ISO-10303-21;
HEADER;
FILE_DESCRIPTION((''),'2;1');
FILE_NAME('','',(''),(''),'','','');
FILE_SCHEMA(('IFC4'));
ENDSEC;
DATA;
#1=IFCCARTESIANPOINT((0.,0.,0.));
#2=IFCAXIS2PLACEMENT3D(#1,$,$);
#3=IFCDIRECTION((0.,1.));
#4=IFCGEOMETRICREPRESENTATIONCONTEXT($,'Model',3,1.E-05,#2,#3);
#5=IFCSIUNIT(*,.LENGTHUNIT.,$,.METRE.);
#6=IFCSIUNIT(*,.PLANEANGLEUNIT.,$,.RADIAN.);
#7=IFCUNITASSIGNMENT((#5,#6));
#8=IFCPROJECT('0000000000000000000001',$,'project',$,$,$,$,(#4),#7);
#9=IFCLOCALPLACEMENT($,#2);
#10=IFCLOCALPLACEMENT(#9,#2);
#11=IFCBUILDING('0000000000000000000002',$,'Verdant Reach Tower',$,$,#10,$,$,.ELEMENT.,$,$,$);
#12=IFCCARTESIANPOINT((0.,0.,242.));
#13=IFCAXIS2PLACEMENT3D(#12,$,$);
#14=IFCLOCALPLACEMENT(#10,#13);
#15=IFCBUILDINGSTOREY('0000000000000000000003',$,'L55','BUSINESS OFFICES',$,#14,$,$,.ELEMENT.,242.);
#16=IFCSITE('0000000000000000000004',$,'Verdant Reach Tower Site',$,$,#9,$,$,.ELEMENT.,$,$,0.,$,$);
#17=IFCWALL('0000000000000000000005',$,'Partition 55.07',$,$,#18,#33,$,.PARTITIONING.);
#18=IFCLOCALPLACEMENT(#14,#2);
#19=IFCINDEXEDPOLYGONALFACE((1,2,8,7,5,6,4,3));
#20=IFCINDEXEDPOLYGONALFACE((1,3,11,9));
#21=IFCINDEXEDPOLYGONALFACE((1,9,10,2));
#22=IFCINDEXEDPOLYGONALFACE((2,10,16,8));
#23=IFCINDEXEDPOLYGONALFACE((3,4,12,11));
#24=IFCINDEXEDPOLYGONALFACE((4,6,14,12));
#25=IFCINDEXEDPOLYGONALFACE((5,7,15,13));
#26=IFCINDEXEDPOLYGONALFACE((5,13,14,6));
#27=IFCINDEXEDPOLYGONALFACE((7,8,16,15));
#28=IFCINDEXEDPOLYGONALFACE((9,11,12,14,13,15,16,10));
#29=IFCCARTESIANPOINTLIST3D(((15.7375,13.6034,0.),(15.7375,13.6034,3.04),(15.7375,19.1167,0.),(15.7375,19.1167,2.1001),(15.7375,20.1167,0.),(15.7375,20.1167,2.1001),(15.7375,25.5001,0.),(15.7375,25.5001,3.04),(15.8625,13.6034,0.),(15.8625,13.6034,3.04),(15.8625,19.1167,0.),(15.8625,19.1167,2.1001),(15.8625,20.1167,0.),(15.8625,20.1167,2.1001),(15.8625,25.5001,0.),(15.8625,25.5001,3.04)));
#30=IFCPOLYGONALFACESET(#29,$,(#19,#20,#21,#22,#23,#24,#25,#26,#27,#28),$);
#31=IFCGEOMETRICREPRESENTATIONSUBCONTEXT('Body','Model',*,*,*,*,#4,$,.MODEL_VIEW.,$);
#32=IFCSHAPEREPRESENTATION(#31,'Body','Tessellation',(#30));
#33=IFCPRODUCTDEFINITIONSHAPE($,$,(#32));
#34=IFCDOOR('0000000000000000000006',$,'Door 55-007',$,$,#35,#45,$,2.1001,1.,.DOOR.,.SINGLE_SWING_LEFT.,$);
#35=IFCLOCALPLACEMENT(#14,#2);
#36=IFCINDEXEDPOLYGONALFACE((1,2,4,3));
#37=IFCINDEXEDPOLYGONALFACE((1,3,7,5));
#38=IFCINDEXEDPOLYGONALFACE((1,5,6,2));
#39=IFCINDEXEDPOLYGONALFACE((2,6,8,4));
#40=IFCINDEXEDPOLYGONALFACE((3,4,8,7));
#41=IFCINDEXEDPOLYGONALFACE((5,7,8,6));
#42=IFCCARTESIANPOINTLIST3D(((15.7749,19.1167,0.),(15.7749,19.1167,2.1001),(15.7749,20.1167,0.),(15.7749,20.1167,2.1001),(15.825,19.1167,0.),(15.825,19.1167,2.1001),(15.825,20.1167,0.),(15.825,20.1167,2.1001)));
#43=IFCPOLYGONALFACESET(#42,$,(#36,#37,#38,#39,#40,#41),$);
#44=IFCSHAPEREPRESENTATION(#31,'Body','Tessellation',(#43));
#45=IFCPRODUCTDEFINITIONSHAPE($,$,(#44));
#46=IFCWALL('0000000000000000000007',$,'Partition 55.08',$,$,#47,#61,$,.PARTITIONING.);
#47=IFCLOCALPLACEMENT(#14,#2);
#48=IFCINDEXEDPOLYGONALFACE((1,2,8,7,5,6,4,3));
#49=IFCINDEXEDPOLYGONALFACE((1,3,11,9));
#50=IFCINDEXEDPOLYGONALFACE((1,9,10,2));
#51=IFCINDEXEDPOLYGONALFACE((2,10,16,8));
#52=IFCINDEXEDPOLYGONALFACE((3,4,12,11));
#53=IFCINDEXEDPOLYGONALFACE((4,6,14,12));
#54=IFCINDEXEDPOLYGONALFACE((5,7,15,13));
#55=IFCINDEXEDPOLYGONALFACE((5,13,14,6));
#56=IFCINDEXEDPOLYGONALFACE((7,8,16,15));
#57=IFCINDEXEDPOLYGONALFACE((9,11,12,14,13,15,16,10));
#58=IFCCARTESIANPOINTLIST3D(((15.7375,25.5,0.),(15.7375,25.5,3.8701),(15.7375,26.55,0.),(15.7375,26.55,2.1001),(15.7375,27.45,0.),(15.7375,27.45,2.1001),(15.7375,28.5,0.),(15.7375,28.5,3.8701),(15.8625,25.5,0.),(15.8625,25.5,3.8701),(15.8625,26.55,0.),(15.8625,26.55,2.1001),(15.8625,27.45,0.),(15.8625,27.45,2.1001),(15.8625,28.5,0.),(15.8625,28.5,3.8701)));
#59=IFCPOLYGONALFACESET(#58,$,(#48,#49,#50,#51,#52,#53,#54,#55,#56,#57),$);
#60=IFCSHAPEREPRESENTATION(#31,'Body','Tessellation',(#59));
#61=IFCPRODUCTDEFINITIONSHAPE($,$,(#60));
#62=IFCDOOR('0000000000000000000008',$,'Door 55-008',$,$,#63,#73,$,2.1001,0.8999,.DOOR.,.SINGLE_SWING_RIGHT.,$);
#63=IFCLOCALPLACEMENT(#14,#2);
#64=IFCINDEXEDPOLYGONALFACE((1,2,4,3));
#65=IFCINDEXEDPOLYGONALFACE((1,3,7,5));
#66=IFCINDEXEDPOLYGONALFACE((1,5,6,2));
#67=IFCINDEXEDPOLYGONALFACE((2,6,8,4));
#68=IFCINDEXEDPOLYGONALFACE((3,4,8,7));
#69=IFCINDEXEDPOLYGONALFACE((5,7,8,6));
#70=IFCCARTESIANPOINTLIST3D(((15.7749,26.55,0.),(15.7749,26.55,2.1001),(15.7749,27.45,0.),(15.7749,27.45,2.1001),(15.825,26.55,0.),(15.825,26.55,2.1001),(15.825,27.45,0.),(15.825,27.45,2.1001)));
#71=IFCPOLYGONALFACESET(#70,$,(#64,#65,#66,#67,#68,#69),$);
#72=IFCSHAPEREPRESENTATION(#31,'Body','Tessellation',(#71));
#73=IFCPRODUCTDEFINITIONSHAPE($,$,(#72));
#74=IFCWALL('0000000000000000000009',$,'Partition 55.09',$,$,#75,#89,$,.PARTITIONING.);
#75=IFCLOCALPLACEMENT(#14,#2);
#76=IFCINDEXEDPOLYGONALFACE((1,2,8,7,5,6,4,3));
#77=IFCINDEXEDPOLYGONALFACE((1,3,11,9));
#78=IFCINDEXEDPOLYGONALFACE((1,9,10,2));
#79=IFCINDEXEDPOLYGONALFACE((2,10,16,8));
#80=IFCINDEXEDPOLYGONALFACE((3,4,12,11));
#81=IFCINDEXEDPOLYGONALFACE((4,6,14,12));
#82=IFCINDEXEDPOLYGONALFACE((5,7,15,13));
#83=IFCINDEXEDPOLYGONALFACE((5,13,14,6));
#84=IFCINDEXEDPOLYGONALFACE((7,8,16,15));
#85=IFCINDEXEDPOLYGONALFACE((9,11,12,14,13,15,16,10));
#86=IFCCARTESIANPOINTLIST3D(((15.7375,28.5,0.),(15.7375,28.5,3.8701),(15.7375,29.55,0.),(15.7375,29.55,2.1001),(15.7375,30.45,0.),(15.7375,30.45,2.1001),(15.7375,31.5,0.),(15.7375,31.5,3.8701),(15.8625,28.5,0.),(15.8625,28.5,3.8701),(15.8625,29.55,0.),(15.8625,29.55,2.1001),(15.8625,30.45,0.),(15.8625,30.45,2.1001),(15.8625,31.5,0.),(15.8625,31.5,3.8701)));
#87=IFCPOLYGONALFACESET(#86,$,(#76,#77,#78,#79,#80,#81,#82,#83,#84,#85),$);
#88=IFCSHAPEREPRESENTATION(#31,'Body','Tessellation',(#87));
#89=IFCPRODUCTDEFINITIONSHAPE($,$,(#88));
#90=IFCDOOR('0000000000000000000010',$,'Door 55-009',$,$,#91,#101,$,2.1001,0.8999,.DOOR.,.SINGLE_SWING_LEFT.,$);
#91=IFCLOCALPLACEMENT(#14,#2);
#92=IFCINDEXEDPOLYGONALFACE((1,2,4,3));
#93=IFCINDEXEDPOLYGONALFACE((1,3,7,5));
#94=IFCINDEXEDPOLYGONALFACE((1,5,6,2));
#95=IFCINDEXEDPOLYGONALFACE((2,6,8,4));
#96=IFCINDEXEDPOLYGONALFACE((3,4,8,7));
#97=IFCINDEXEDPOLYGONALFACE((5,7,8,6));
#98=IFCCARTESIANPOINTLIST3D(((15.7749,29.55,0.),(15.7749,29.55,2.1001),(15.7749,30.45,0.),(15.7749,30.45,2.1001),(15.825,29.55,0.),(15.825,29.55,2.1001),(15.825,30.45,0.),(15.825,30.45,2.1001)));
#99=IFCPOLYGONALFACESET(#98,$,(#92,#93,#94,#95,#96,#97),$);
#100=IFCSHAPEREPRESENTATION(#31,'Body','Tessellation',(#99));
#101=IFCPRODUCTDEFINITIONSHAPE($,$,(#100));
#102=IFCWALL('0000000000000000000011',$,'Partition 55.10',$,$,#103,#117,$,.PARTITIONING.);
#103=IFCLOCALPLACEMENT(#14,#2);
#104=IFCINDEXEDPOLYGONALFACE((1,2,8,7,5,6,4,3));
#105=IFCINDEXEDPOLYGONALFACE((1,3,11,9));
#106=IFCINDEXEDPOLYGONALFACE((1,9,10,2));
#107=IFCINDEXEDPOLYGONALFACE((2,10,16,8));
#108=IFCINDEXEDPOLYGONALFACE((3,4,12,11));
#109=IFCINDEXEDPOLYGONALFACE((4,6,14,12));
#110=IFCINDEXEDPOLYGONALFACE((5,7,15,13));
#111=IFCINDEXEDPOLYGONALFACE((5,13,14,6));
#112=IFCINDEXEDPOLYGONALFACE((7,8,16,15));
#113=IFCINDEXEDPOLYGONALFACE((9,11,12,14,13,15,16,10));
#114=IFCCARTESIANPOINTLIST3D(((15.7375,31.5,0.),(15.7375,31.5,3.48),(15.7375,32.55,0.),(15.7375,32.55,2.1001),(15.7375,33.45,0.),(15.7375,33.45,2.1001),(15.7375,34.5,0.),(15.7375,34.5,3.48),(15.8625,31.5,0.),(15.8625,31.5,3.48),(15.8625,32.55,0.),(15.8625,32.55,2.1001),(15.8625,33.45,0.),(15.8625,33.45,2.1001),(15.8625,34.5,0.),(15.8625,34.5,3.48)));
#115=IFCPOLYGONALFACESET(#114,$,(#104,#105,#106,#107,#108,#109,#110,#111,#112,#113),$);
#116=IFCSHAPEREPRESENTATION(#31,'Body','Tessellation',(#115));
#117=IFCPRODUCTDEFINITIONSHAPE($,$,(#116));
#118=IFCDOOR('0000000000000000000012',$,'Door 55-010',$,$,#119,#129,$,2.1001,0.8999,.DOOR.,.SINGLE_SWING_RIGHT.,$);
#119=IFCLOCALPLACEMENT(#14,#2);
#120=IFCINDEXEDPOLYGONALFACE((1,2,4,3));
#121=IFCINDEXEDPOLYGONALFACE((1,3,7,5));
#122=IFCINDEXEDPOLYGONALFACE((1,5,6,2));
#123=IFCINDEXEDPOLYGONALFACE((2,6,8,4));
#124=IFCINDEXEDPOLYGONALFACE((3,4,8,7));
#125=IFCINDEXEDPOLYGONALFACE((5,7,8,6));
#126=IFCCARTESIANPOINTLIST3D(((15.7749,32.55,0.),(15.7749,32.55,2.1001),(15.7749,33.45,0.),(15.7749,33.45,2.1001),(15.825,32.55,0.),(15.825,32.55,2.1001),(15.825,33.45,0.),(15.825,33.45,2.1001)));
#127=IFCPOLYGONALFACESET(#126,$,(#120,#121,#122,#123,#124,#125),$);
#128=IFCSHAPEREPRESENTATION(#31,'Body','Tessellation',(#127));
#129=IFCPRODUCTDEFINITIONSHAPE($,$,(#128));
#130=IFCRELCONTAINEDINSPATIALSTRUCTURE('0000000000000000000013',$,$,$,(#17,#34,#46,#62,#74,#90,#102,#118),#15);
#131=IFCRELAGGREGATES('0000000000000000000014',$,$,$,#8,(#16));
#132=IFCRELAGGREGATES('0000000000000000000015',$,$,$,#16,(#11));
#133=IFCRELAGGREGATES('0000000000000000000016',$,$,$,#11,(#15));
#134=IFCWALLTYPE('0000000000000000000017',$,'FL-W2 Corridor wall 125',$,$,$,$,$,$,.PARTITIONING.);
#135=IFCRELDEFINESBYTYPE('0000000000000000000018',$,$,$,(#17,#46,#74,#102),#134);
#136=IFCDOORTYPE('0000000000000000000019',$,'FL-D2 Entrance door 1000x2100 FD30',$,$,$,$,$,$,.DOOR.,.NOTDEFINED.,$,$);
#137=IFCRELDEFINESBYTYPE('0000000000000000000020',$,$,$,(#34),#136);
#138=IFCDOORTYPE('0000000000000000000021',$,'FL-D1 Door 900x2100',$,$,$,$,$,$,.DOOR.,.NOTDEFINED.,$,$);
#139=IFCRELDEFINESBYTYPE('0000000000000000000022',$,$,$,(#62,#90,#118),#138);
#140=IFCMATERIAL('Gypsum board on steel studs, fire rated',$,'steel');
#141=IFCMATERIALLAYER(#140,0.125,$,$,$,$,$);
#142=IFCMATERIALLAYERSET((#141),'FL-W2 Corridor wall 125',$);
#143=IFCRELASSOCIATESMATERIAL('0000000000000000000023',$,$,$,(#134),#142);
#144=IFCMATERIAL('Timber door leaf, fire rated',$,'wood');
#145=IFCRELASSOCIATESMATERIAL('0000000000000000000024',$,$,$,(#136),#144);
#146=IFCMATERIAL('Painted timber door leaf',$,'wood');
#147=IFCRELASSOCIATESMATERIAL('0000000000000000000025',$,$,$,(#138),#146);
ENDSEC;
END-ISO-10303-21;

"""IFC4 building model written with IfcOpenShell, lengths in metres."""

from ifc_helpers import new_model, si_unit, direction, frame, frame_2d, origin, place, context, subcontext, project, spatial, rectangle, extrude, material, layer, layer_set, type_object, element, fill, save


model = new_model("IFC4")

# Units and contexts
model_context = context("Model", 3, precision=1e-05, world=origin(), true_north=direction((0.0, 1.0)))
body_context = subcontext(model_context, "Body", "Model", "MODEL_VIEW")
ifc_project = project(units=[si_unit("LENGTHUNIT", "METRE"), si_unit("PLANEANGLEUNIT", "RADIAN")], contexts=[model_context])

# Site, building, storey
site_placement = place(None, origin())
site = spatial("IfcSite", under=ifc_project, at=site_placement, Name="Verdant Reach Tower Site", CompositionType="ELEMENT", RefElevation=0.0)
building_placement = place(site_placement, origin())
building = spatial("IfcBuilding", under=site, at=building_placement, Name="Verdant Reach Tower", CompositionType="ELEMENT")
storey_placement = place(building_placement, frame((0.0, 0.0, 242.0)))
storey = spatial("IfcBuildingStorey", under=building, at=storey_placement, Name="L55", Description="BUSINESS OFFICES", CompositionType="ELEMENT", Elevation=242.0)

# Walls, openings, doors
ifc_material_1 = material(Name="Gypsum board on steel studs, fire rated", Category="steel")
ifc_layer_1 = layer(ifc_material_1, 0.125)
ifc_layer_set_1 = layer_set([ifc_layer_1], Name="FL-W2 Corridor wall 125")
wall_type_1 = type_object("IfcWallType", Name="FL-W2 Corridor wall 125", PredefinedType="PARTITIONING", material=ifc_layer_set_1)
wall_1_placement = place(storey_placement, frame((15.8, 25.5, 0.0), z_axis=(0.0, 0.0, 1.0), x_axis=(0.0, -1.0, 0.0)))
wall_1 = element("IfcWall", 1, at=wall_1_placement, inside=storey, type_object=wall_type_1, Name="Partition 55.07", PredefinedType="PARTITIONING", context=body_context, shape_type="SweptSolid", body=[
    extrude(rectangle(XDim=11.8967, YDim=0.125, at=frame_2d((5.9482, 0.0))), origin(), (0.0, 0.0, 1.0), 3.04),
])
opening_1_placement = place(wall_1_placement, frame((5.3833, 0.0, 0.0)))
opening_1 = element("IfcOpeningElement", 2, at=opening_1_placement, cuts=wall_1, PredefinedType="OPENING", context=body_context, shape_type="SweptSolid", body=[
    extrude(rectangle(XDim=1.0, YDim=2.1001, at=frame_2d((0.5, 1.05))), frame((0.0, 0.0725, 0.0), z_axis=(0.0, -1.0, 0.0), x_axis=(1.0, 0.0, 0.0)), (0.0, 0.0, 1.0), 0.145),
])
ifc_material_2 = material(Name="Timber door leaf, fire rated", Category="wood")
door_type_1 = type_object("IfcDoorType", Name="FL-D2 Entrance door 1000x2100 FD30", OperationType="NOTDEFINED", PredefinedType="DOOR", material=ifc_material_2)
door_1_placement = place(opening_1_placement, origin())
door_1 = element("IfcDoor", 3, at=door_1_placement, inside=storey, type_object=door_type_1, Name="Door 55-007", OperationType="SINGLE_SWING_LEFT", OverallHeight=2.1001, OverallWidth=1.0, PredefinedType="DOOR", context=body_context, shape_type="SweptSolid", body=[
    extrude(rectangle(XDim=1.0, YDim=2.1001, at=frame_2d((0.5, 1.05))), frame((0.0, 0.0249, 0.0), z_axis=(0.0, -1.0, 0.0), x_axis=(1.0, 0.0, 0.0)), (0.0, 0.0, 1.0), 0.05),
])
fill(opening_1, door_1)
wall_2_placement = place(storey_placement, frame((15.8, 28.5, 0.0), z_axis=(0.0, 0.0, 1.0), x_axis=(0.0, -1.0, 0.0)))
wall_2 = element("IfcWall", 4, at=wall_2_placement, inside=storey, type_object=wall_type_1, Name="Partition 55.08", PredefinedType="PARTITIONING", context=body_context, shape_type="SweptSolid", body=[
    extrude(rectangle(XDim=3.0, YDim=0.125, at=frame_2d((1.5, 0.0))), origin(), (0.0, 0.0, 1.0), 3.8701),
])
opening_2_placement = place(wall_2_placement, frame((1.05, 0.0, 0.0)))
opening_2 = element("IfcOpeningElement", 5, at=opening_2_placement, cuts=wall_2, PredefinedType="OPENING", context=body_context, shape_type="SweptSolid", body=[
    extrude(rectangle(XDim=0.8999, YDim=2.1001, at=frame_2d((0.45, 1.05))), frame((0.0, 0.0725, 0.0), z_axis=(0.0, -1.0, 0.0), x_axis=(1.0, 0.0, 0.0)), (0.0, 0.0, 1.0), 0.145),
])
ifc_material_3 = material(Name="Painted timber door leaf", Category="wood")
door_type_2 = type_object("IfcDoorType", Name="FL-D1 Door 900x2100", OperationType="NOTDEFINED", PredefinedType="DOOR", material=ifc_material_3)
door_2_placement = place(opening_2_placement, origin())
door_2 = element("IfcDoor", 6, at=door_2_placement, inside=storey, type_object=door_type_2, Name="Door 55-008", OperationType="SINGLE_SWING_RIGHT", OverallHeight=2.1001, OverallWidth=0.8999, PredefinedType="DOOR", context=body_context, shape_type="SweptSolid", body=[
    extrude(rectangle(XDim=0.8999, YDim=2.1001, at=frame_2d((0.45, 1.05))), frame((0.0, 0.0249, 0.0), z_axis=(0.0, -1.0, 0.0), x_axis=(1.0, 0.0, 0.0)), (0.0, 0.0, 1.0), 0.05),
])
fill(opening_2, door_2)
wall_3_placement = place(storey_placement, frame((15.8, 31.5, 0.0), z_axis=(0.0, 0.0, 1.0), x_axis=(0.0, -1.0, 0.0)))
wall_3 = element("IfcWall", 7, at=wall_3_placement, inside=storey, type_object=wall_type_1, Name="Partition 55.09", PredefinedType="PARTITIONING", context=body_context, shape_type="SweptSolid", body=[
    extrude(rectangle(XDim=3.0, YDim=0.125, at=frame_2d((1.5, 0.0))), origin(), (0.0, 0.0, 1.0), 3.8701),
])
opening_3_placement = place(wall_3_placement, frame((1.05, 0.0, 0.0)))
opening_3 = element("IfcOpeningElement", 8, at=opening_3_placement, cuts=wall_3, PredefinedType="OPENING", context=body_context, shape_type="SweptSolid", body=[
    extrude(rectangle(XDim=0.8999, YDim=2.1001, at=frame_2d((0.45, 1.05))), frame((0.0, 0.0725, 0.0), z_axis=(0.0, -1.0, 0.0), x_axis=(1.0, 0.0, 0.0)), (0.0, 0.0, 1.0), 0.145),
])
door_3_placement = place(opening_3_placement, origin())
door_3 = element("IfcDoor", 9, at=door_3_placement, inside=storey, type_object=door_type_2, Name="Door 55-009", OperationType="SINGLE_SWING_LEFT", OverallHeight=2.1001, OverallWidth=0.8999, PredefinedType="DOOR", context=body_context, shape_type="SweptSolid", body=[
    extrude(rectangle(XDim=0.8999, YDim=2.1001, at=frame_2d((0.45, 1.05))), frame((0.0, 0.0249, 0.0), z_axis=(0.0, -1.0, 0.0), x_axis=(1.0, 0.0, 0.0)), (0.0, 0.0, 1.0), 0.05),
])
fill(opening_3, door_3)
wall_4_placement = place(storey_placement, frame((15.8, 34.5, 0.0), z_axis=(0.0, 0.0, 1.0), x_axis=(0.0, -1.0, 0.0)))
wall_4 = element("IfcWall", 10, at=wall_4_placement, inside=storey, type_object=wall_type_1, Name="Partition 55.10", PredefinedType="PARTITIONING", context=body_context, shape_type="SweptSolid", body=[
    extrude(rectangle(XDim=3.0, YDim=0.125, at=frame_2d((1.5, 0.0))), origin(), (0.0, 0.0, 1.0), 3.48),
])
opening_4_placement = place(wall_4_placement, frame((1.05, 0.0, 0.0)))
opening_4 = element("IfcOpeningElement", 11, at=opening_4_placement, cuts=wall_4, PredefinedType="OPENING", context=body_context, shape_type="SweptSolid", body=[
    extrude(rectangle(XDim=0.8999, YDim=2.1001, at=frame_2d((0.45, 1.05))), frame((0.0, 0.0725, 0.0), z_axis=(0.0, -1.0, 0.0), x_axis=(1.0, 0.0, 0.0)), (0.0, 0.0, 1.0), 0.145),
])
door_4_placement = place(opening_4_placement, origin())
door_4 = element("IfcDoor", 12, at=door_4_placement, inside=storey, type_object=door_type_2, Name="Door 55-010", OperationType="SINGLE_SWING_RIGHT", OverallHeight=2.1001, OverallWidth=0.8999, PredefinedType="DOOR", context=body_context, shape_type="SweptSolid", body=[
    extrude(rectangle(XDim=0.8999, YDim=2.1001, at=frame_2d((0.45, 1.05))), frame((0.0, 0.0249, 0.0), z_axis=(0.0, -1.0, 0.0), x_axis=(1.0, 0.0, 0.0)), (0.0, 0.0, 1.0), 0.05),
])
fill(opening_4, door_4)

save(model, "model.ifc")
